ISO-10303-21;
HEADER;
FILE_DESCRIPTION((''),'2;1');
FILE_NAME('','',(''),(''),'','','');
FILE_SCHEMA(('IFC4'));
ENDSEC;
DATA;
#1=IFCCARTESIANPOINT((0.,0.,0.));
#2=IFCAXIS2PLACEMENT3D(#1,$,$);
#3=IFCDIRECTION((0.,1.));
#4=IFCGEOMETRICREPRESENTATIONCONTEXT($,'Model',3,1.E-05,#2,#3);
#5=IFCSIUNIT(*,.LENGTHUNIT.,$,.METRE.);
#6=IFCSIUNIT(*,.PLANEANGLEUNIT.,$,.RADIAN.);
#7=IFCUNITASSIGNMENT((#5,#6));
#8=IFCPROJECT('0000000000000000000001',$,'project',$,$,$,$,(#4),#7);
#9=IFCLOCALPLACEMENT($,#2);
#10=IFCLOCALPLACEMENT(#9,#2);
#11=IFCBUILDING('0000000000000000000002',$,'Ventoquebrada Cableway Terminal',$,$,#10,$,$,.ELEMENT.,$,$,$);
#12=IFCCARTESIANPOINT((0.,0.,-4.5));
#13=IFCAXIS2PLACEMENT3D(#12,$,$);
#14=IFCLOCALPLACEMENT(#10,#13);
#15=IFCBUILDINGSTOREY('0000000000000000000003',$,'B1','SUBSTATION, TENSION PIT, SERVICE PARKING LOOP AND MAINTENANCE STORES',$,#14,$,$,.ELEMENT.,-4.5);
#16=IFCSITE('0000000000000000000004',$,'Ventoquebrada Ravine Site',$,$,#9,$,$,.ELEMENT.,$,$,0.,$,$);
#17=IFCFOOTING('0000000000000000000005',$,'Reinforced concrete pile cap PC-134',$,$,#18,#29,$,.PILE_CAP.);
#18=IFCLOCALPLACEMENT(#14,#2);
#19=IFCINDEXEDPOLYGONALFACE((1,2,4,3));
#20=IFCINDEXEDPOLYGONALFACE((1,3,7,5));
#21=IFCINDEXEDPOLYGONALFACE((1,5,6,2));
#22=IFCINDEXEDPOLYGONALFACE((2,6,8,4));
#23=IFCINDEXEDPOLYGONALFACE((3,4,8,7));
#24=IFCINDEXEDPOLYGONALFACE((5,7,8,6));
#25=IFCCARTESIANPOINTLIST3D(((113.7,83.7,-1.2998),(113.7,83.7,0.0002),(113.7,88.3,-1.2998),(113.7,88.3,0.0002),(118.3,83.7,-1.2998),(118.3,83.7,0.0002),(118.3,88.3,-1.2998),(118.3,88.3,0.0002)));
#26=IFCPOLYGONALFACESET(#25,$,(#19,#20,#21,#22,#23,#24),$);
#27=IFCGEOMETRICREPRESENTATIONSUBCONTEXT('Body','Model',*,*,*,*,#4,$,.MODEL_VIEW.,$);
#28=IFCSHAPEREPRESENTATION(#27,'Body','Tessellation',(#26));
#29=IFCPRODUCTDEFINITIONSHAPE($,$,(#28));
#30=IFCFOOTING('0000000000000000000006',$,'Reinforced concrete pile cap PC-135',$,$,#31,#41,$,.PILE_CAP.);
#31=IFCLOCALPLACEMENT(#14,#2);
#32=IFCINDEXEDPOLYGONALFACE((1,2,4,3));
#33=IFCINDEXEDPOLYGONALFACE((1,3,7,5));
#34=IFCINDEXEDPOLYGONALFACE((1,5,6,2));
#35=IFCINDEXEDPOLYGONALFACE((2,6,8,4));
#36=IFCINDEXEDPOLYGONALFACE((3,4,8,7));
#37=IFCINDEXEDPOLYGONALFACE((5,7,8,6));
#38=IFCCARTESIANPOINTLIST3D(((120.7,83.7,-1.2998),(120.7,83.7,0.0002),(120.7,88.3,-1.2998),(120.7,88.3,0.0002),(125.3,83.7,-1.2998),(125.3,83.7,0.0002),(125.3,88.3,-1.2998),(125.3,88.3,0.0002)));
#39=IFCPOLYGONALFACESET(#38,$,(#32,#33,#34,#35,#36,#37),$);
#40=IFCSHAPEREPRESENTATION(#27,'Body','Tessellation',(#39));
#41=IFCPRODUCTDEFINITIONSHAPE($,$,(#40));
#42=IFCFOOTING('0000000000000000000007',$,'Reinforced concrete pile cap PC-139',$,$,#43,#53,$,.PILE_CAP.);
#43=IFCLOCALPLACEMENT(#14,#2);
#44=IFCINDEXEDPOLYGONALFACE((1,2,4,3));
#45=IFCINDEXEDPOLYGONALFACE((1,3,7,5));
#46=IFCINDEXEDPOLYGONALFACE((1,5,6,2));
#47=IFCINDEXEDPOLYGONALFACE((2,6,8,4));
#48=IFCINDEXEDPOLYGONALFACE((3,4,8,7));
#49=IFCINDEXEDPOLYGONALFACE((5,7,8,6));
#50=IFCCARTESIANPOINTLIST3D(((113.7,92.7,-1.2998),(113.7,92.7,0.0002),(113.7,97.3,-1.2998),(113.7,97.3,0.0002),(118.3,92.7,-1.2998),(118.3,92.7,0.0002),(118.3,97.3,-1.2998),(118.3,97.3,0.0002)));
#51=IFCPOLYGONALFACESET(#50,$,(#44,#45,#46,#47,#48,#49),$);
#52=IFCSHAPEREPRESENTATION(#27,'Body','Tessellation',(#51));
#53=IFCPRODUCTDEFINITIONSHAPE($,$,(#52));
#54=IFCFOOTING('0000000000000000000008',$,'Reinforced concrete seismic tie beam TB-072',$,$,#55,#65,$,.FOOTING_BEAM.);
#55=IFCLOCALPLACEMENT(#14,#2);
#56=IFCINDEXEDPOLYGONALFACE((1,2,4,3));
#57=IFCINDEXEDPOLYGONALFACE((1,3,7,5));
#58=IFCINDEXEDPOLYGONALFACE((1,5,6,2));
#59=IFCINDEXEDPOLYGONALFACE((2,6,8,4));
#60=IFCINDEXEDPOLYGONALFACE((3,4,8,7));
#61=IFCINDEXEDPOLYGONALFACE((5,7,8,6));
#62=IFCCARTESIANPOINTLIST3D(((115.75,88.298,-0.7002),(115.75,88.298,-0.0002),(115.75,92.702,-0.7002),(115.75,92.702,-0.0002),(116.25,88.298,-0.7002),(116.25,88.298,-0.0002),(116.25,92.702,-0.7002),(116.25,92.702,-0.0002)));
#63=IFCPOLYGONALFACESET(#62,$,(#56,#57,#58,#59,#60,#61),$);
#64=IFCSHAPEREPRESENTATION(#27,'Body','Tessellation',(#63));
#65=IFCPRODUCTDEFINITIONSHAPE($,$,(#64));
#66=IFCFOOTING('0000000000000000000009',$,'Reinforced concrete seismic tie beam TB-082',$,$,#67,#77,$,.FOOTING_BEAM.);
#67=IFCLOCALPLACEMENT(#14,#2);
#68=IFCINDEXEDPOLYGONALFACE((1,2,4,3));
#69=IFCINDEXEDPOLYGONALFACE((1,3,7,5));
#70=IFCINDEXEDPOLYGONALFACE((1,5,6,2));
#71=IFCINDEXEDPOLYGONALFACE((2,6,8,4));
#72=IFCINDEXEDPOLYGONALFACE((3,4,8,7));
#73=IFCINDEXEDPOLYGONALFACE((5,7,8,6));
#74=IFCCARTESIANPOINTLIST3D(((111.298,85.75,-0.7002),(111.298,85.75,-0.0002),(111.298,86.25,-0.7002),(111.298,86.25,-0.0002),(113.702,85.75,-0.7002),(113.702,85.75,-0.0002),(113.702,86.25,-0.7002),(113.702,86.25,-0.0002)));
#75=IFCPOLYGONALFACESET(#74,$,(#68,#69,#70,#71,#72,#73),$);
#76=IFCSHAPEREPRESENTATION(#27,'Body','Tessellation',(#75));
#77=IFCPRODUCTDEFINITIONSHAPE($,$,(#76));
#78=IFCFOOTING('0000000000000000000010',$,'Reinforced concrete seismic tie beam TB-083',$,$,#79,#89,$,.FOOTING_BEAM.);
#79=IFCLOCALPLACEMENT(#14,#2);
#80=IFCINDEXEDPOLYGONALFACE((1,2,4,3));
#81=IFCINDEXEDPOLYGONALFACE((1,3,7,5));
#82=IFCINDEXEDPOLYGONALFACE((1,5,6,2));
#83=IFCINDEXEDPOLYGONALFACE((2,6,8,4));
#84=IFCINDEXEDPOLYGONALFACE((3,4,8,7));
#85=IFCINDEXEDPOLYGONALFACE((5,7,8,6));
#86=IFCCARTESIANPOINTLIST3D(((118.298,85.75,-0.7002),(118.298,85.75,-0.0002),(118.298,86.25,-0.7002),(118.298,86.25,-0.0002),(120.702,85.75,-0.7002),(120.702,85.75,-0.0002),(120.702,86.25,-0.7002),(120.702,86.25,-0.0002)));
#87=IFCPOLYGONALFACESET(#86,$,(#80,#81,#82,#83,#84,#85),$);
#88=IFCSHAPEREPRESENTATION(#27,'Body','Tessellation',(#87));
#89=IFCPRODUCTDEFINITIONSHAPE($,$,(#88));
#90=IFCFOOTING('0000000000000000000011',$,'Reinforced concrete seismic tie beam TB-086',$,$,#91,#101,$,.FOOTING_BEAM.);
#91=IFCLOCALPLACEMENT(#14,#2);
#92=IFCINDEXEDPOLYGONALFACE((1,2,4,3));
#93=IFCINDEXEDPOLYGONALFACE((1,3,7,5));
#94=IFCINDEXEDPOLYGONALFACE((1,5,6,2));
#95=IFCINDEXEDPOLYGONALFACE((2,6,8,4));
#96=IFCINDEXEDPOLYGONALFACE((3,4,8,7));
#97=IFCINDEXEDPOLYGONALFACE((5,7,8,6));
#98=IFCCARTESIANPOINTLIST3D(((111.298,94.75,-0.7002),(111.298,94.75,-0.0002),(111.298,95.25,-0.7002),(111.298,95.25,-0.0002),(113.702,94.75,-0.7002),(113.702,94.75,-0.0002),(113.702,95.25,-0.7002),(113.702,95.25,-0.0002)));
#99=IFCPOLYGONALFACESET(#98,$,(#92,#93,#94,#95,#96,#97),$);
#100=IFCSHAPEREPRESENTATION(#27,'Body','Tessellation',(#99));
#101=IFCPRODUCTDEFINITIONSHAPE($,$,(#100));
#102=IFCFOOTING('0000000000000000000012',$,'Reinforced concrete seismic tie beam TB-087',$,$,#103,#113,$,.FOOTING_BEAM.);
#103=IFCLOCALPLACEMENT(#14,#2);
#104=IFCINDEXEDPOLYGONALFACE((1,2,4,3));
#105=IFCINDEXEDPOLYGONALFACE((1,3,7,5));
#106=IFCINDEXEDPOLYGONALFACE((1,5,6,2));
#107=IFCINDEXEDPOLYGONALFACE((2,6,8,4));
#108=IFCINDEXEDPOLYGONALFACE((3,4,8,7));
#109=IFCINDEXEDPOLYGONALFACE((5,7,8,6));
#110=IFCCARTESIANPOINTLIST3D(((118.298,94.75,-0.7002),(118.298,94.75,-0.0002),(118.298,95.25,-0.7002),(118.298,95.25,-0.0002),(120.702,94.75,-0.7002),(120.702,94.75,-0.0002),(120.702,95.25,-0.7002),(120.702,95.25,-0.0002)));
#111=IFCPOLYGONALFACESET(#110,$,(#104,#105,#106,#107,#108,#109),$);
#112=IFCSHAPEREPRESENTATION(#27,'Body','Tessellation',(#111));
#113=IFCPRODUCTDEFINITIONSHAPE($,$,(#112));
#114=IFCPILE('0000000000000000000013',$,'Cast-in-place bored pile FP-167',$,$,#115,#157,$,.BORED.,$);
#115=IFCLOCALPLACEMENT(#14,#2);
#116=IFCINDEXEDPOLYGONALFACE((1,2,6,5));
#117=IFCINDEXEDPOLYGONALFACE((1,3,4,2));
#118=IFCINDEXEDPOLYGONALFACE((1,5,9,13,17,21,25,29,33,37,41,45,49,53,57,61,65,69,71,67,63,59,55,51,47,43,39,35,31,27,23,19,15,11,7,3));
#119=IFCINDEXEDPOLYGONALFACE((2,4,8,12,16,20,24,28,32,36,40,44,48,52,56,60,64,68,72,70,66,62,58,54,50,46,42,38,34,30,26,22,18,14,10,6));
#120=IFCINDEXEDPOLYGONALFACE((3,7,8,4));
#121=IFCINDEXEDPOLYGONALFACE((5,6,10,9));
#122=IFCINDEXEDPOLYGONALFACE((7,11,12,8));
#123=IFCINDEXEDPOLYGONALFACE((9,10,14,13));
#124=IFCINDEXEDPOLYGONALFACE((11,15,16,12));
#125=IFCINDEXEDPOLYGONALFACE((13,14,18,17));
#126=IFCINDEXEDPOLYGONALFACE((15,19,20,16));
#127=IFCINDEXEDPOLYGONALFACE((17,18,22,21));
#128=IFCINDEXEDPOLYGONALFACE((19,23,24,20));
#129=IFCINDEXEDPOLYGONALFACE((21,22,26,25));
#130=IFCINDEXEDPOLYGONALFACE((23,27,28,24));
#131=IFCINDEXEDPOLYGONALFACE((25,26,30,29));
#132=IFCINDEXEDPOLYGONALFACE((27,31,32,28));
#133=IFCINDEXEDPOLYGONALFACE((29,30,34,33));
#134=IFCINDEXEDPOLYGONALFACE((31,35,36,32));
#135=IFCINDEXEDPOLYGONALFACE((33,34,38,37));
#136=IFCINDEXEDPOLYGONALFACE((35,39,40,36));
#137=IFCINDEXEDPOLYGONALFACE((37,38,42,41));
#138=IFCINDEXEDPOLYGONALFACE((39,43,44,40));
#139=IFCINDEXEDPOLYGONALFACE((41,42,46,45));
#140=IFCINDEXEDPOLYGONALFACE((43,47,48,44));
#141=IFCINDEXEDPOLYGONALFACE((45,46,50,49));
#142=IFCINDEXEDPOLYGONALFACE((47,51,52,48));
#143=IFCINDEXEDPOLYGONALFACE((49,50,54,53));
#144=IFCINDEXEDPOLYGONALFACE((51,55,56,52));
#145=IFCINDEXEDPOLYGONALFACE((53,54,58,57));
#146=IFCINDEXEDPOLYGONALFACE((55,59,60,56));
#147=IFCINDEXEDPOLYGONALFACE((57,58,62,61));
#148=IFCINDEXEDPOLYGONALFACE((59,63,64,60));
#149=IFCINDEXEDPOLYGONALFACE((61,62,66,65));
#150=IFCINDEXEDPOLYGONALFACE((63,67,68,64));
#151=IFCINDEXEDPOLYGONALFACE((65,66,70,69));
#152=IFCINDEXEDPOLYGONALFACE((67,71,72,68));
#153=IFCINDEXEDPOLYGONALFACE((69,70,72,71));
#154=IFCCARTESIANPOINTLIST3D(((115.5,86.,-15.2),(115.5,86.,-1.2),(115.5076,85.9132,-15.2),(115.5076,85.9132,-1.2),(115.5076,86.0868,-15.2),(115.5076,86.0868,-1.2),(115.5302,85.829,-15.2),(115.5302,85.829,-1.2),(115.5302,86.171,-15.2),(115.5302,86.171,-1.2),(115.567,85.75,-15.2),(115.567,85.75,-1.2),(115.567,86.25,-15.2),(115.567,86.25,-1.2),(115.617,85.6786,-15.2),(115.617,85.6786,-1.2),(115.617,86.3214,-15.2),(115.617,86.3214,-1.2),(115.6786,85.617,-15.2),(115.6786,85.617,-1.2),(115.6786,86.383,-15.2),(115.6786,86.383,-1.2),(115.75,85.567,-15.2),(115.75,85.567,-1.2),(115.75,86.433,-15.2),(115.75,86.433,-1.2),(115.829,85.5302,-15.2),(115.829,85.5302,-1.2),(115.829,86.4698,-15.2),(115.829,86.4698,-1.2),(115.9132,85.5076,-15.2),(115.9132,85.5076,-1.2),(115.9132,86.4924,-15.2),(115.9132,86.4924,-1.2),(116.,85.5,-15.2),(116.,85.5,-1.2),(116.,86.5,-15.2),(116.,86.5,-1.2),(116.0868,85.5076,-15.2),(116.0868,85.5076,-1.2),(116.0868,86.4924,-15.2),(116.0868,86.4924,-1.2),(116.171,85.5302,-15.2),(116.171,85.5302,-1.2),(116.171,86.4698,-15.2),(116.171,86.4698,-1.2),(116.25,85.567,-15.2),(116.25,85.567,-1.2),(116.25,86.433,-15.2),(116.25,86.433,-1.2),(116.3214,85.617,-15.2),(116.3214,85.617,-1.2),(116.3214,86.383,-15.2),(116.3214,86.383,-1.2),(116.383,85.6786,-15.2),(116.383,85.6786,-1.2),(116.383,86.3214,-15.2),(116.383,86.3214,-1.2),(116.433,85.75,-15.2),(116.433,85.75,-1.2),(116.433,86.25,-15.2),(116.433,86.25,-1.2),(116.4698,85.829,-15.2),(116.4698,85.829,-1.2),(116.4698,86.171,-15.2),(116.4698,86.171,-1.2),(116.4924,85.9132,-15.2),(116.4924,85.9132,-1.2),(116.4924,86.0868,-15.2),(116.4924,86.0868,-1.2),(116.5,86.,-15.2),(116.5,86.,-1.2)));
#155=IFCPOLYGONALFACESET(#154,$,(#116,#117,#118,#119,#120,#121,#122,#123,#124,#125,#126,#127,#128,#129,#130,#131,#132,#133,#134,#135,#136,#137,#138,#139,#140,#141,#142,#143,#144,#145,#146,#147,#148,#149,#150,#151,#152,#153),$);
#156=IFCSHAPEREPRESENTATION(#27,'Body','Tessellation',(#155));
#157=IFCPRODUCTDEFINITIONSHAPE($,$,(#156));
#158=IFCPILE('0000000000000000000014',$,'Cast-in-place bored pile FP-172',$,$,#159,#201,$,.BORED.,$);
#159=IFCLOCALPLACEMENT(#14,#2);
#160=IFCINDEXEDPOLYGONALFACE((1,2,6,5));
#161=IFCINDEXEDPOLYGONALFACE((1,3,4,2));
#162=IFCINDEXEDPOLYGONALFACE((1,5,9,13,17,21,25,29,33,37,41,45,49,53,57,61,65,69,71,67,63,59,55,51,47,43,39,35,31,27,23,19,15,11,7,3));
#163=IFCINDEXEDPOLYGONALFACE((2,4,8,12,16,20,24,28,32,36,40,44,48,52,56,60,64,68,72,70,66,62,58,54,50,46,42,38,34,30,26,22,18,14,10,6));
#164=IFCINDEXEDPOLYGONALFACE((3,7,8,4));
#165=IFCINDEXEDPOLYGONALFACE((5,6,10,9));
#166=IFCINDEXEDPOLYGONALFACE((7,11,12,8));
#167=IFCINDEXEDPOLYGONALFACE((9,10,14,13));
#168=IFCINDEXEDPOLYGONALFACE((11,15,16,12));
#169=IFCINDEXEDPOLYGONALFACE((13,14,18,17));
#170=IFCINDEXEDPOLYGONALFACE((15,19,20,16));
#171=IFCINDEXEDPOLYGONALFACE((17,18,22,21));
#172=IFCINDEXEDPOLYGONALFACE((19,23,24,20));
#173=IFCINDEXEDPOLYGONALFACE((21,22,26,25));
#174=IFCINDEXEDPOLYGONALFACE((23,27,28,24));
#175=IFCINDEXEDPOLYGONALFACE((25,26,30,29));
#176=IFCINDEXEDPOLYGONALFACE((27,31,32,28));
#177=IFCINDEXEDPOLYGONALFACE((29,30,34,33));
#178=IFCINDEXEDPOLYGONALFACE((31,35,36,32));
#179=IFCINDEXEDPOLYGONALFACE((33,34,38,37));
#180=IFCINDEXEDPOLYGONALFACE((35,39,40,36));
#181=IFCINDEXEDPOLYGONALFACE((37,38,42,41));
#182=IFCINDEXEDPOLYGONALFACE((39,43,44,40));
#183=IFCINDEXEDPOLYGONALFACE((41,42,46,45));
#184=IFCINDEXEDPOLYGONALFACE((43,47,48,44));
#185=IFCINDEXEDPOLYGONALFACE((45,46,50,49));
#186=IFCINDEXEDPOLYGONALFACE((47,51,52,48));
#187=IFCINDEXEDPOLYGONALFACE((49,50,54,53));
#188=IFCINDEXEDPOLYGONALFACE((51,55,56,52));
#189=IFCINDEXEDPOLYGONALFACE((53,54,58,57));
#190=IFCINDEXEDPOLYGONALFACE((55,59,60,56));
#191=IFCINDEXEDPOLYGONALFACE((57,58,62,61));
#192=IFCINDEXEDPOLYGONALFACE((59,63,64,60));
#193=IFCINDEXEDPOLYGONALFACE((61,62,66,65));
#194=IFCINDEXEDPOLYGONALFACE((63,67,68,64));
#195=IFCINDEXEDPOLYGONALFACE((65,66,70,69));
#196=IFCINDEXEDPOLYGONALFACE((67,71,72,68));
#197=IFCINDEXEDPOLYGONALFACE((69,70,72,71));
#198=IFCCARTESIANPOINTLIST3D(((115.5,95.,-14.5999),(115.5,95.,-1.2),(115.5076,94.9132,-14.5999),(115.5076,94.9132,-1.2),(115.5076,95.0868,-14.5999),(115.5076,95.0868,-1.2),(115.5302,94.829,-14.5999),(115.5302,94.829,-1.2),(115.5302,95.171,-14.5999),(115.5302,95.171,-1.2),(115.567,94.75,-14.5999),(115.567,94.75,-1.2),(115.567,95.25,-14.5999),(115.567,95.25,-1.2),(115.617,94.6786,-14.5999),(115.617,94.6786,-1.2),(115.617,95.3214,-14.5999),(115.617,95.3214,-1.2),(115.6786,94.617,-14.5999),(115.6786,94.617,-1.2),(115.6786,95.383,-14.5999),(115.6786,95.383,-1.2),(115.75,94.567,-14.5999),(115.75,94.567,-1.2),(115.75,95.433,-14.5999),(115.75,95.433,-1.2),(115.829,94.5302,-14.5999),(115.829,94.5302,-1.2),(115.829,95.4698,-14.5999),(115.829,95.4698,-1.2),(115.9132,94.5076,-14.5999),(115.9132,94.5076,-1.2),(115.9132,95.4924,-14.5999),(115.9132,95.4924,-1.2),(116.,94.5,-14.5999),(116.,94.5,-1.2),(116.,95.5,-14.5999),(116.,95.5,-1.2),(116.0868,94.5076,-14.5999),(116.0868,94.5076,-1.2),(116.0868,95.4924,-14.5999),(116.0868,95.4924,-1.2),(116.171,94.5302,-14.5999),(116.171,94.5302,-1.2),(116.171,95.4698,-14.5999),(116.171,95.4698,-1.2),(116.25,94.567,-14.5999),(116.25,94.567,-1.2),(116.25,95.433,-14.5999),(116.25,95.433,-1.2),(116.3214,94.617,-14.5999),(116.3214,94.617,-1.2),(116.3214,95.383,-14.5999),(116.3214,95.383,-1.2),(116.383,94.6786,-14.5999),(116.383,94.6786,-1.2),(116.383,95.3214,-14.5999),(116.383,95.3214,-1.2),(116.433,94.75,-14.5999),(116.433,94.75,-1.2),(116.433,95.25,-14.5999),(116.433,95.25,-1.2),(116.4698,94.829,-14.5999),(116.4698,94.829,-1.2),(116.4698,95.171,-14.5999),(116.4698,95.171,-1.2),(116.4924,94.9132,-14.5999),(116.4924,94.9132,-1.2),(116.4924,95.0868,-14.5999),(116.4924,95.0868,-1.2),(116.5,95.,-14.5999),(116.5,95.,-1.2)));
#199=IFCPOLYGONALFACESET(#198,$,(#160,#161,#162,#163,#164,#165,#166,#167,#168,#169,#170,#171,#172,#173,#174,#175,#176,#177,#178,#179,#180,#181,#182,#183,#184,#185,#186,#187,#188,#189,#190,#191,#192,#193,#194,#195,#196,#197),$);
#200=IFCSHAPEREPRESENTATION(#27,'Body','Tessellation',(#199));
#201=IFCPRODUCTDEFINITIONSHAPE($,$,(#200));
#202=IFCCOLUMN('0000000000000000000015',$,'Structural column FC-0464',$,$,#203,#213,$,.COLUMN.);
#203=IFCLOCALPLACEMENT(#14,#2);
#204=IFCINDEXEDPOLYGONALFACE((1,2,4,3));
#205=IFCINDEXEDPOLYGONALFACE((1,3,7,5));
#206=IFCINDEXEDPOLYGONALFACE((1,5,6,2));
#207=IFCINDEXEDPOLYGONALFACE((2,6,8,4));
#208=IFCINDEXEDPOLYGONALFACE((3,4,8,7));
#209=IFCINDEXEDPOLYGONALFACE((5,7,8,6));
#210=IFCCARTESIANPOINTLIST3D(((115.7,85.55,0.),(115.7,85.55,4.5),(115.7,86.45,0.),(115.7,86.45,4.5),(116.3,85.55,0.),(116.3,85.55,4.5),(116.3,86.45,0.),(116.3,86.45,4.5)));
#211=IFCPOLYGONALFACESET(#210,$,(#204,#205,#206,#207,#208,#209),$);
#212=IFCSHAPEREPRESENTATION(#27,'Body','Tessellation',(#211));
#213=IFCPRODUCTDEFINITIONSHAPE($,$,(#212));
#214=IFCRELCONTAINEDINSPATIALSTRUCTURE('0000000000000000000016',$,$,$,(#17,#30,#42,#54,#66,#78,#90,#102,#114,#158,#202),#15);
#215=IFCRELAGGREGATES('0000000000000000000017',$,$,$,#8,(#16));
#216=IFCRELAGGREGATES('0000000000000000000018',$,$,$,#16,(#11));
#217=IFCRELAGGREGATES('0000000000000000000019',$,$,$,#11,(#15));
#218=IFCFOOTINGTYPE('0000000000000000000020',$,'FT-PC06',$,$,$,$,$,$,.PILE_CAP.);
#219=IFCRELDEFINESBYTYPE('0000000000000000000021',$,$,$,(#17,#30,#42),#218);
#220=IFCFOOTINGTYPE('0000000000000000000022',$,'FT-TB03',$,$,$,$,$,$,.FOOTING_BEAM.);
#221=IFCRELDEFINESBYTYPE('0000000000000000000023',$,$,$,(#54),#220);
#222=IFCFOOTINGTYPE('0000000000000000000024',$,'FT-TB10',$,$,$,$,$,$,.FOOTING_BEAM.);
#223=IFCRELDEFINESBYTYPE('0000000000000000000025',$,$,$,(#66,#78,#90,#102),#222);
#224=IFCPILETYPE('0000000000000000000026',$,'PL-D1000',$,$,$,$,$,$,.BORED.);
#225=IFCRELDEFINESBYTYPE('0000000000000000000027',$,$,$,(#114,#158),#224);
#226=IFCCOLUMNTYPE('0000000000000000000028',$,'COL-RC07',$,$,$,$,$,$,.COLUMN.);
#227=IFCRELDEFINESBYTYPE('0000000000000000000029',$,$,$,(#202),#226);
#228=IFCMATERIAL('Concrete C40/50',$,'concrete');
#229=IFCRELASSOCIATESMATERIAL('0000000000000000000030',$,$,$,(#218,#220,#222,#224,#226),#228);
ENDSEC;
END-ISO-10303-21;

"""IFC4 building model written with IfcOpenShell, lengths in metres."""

from ifc_helpers import new_model, si_unit, direction, frame, origin, origin_2d, place, context, subcontext, project, spatial, rectangle, circle, extrude, material, material_profile, profile_set, type_object, element, save


model = new_model("IFC4")

# Units and contexts
model_context = context("Model", 3, precision=1e-05, world=origin(), true_north=direction((0.0, 1.0)))
body_context = subcontext(model_context, "Body", "Model", "MODEL_VIEW")
ifc_project = project(units=[si_unit("LENGTHUNIT", "METRE"), si_unit("PLANEANGLEUNIT", "RADIAN")], contexts=[model_context])

# Site, building, storey
site_placement = place(None, origin())
site = spatial("IfcSite", under=ifc_project, at=site_placement, Name="Ventoquebrada Ravine Site", CompositionType="ELEMENT", RefElevation=0.0)
building_placement = place(site_placement, origin())
building = spatial("IfcBuilding", under=site, at=building_placement, Name="Ventoquebrada Cableway Terminal", CompositionType="ELEMENT")
storey_placement = place(building_placement, frame((0.0, 0.0, -4.5)))
storey = spatial("IfcBuildingStorey", under=building, at=storey_placement, Name="B1", Description="SUBSTATION, TENSION PIT, SERVICE PARKING LOOP AND MAINTENANCE STORES", CompositionType="ELEMENT", Elevation=-4.5)

# Footings
ifc_material_1 = material(Name="Concrete C40/50", Category="concrete")
footing_type_1 = type_object("IfcFootingType", Name="FT-PC06", PredefinedType="PILE_CAP", material=ifc_material_1)
for number, where, z_axis, x_axis, name in (
    (1, (116.0, 86.0, -1.2998), (0.0, 0.0, 1.0), (1.0, 0.0, 0.0), "Reinforced concrete pile cap PC-134"),
    (2, (123.0, 86.0, -1.2998), (0.0, 0.0, 1.0), (1.0, 0.0, 0.0), "Reinforced concrete pile cap PC-135"),
    (3, (116.0, 95.0, -1.2998), (0.0, 0.0, 1.0), (1.0, 0.0, 0.0), "Reinforced concrete pile cap PC-139"),
):
    element("IfcFooting", number, at=place(storey_placement, frame(where, z_axis=z_axis, x_axis=x_axis)), inside=storey, type_object=footing_type_1, Name=name, PredefinedType="PILE_CAP", context=body_context, shape_type="SweptSolid", body=[
        extrude(rectangle(XDim=4.6001, YDim=4.6001, at=origin_2d()), origin(), (0.0, 0.0, 1.0), 1.3),
    ])
footing_type_2 = type_object("IfcFootingType", Name="FT-TB03", PredefinedType="FOOTING_BEAM", material=ifc_material_1)
footing_placement = place(storey_placement, frame((116.0, 90.5, -0.7002), z_axis=(0.0, 0.0, 1.0), x_axis=(0.0, 1.0, 0.0)))
element("IfcFooting", 4, at=footing_placement, inside=storey, type_object=footing_type_2, Name="Reinforced concrete seismic tie beam TB-072", PredefinedType="FOOTING_BEAM", context=body_context, shape_type="SweptSolid", body=[
    extrude(rectangle(XDim=4.4041, YDim=0.5, at=origin_2d()), origin(), (0.0, 0.0, 1.0), 0.7),
])
footing_type_3 = type_object("IfcFootingType", Name="FT-TB10", PredefinedType="FOOTING_BEAM", material=ifc_material_1)
for number, where, z_axis, x_axis, name in (
    (5, (112.5, 86.0, -0.7002), (0.0, 0.0, 1.0), (1.0, 0.0, 0.0), "Reinforced concrete seismic tie beam TB-082"),
    (6, (119.5, 86.0, -0.7002), (0.0, 0.0, 1.0), (1.0, 0.0, 0.0), "Reinforced concrete seismic tie beam TB-083"),
    (7, (112.5, 95.0, -0.7002), (0.0, 0.0, 1.0), (1.0, 0.0, 0.0), "Reinforced concrete seismic tie beam TB-086"),
    (8, (119.5, 95.0, -0.7002), (0.0, 0.0, 1.0), (1.0, 0.0, 0.0), "Reinforced concrete seismic tie beam TB-087"),
):
    element("IfcFooting", number, at=place(storey_placement, frame(where, z_axis=z_axis, x_axis=x_axis)), inside=storey, type_object=footing_type_3, Name=name, PredefinedType="FOOTING_BEAM", context=body_context, shape_type="SweptSolid", body=[
        extrude(rectangle(XDim=2.4041, YDim=0.5, at=origin_2d()), origin(), (0.0, 0.0, 1.0), 0.7),
    ])

# Piles
ifc_material_profile_1 = material_profile(ifc_material_1, circle(Radius=0.5, at=origin_2d()), Name="PILE-D1000")
ifc_profile_set_1 = profile_set([ifc_material_profile_1], Name="Concrete C40/50")
pile_type = type_object("IfcPileType", Name="PL-D1000", PredefinedType="BORED", material=ifc_profile_set_1)
pile_1_placement = place(storey_placement, frame((116.0, 86.0, -1.2), z_axis=(0.0, 0.0, -1.0), x_axis=(1.0, 0.0, 0.0)))
element("IfcPile", 9, at=pile_1_placement, inside=storey, type_object=pile_type, Name="Cast-in-place bored pile FP-167", PredefinedType="BORED", context=body_context, shape_type="SweptSolid", body=[
    extrude(circle(Radius=0.5, at=origin_2d()), origin(), (0.0, 0.0, 1.0), 14.0),
])
pile_2_placement = place(storey_placement, frame((116.0, 95.0, -1.2), z_axis=(0.0, 0.0, -1.0), x_axis=(1.0, 0.0, 0.0)))
element("IfcPile", 10, at=pile_2_placement, inside=storey, type_object=pile_type, Name="Cast-in-place bored pile FP-172", PredefinedType="BORED", context=body_context, shape_type="SweptSolid", body=[
    extrude(circle(Radius=0.5, at=origin_2d()), origin(), (0.0, 0.0, 1.0), 13.3999),
])

# Column
ifc_material_profile_2 = material_profile(ifc_material_1, rectangle(XDim=0.6001, YDim=0.8999, at=origin_2d()), Name="RC-COL-900X600")
ifc_profile_set_2 = profile_set([ifc_material_profile_2], Name="Concrete C40/50")
column_type = type_object("IfcColumnType", Name="COL-RC07", PredefinedType="COLUMN", material=ifc_profile_set_2)
for number, where, z_axis, x_axis, name in (
    (11, (116.0, 86.0, 0.0), (0.0, 0.0, 1.0), (1.0, 0.0, 0.0), "Structural column FC-0464"),
):
    element("IfcColumn", number, at=place(storey_placement, frame(where, z_axis=z_axis, x_axis=x_axis)), inside=storey, type_object=column_type, Name=name, PredefinedType="COLUMN", context=body_context, shape_type="SweptSolid", body=[
        extrude(rectangle(XDim=0.6001, YDim=0.8999, at=origin_2d()), origin(), (0.0, 0.0, 1.0), 4.5),
    ])

save(model, "model.ifc")
